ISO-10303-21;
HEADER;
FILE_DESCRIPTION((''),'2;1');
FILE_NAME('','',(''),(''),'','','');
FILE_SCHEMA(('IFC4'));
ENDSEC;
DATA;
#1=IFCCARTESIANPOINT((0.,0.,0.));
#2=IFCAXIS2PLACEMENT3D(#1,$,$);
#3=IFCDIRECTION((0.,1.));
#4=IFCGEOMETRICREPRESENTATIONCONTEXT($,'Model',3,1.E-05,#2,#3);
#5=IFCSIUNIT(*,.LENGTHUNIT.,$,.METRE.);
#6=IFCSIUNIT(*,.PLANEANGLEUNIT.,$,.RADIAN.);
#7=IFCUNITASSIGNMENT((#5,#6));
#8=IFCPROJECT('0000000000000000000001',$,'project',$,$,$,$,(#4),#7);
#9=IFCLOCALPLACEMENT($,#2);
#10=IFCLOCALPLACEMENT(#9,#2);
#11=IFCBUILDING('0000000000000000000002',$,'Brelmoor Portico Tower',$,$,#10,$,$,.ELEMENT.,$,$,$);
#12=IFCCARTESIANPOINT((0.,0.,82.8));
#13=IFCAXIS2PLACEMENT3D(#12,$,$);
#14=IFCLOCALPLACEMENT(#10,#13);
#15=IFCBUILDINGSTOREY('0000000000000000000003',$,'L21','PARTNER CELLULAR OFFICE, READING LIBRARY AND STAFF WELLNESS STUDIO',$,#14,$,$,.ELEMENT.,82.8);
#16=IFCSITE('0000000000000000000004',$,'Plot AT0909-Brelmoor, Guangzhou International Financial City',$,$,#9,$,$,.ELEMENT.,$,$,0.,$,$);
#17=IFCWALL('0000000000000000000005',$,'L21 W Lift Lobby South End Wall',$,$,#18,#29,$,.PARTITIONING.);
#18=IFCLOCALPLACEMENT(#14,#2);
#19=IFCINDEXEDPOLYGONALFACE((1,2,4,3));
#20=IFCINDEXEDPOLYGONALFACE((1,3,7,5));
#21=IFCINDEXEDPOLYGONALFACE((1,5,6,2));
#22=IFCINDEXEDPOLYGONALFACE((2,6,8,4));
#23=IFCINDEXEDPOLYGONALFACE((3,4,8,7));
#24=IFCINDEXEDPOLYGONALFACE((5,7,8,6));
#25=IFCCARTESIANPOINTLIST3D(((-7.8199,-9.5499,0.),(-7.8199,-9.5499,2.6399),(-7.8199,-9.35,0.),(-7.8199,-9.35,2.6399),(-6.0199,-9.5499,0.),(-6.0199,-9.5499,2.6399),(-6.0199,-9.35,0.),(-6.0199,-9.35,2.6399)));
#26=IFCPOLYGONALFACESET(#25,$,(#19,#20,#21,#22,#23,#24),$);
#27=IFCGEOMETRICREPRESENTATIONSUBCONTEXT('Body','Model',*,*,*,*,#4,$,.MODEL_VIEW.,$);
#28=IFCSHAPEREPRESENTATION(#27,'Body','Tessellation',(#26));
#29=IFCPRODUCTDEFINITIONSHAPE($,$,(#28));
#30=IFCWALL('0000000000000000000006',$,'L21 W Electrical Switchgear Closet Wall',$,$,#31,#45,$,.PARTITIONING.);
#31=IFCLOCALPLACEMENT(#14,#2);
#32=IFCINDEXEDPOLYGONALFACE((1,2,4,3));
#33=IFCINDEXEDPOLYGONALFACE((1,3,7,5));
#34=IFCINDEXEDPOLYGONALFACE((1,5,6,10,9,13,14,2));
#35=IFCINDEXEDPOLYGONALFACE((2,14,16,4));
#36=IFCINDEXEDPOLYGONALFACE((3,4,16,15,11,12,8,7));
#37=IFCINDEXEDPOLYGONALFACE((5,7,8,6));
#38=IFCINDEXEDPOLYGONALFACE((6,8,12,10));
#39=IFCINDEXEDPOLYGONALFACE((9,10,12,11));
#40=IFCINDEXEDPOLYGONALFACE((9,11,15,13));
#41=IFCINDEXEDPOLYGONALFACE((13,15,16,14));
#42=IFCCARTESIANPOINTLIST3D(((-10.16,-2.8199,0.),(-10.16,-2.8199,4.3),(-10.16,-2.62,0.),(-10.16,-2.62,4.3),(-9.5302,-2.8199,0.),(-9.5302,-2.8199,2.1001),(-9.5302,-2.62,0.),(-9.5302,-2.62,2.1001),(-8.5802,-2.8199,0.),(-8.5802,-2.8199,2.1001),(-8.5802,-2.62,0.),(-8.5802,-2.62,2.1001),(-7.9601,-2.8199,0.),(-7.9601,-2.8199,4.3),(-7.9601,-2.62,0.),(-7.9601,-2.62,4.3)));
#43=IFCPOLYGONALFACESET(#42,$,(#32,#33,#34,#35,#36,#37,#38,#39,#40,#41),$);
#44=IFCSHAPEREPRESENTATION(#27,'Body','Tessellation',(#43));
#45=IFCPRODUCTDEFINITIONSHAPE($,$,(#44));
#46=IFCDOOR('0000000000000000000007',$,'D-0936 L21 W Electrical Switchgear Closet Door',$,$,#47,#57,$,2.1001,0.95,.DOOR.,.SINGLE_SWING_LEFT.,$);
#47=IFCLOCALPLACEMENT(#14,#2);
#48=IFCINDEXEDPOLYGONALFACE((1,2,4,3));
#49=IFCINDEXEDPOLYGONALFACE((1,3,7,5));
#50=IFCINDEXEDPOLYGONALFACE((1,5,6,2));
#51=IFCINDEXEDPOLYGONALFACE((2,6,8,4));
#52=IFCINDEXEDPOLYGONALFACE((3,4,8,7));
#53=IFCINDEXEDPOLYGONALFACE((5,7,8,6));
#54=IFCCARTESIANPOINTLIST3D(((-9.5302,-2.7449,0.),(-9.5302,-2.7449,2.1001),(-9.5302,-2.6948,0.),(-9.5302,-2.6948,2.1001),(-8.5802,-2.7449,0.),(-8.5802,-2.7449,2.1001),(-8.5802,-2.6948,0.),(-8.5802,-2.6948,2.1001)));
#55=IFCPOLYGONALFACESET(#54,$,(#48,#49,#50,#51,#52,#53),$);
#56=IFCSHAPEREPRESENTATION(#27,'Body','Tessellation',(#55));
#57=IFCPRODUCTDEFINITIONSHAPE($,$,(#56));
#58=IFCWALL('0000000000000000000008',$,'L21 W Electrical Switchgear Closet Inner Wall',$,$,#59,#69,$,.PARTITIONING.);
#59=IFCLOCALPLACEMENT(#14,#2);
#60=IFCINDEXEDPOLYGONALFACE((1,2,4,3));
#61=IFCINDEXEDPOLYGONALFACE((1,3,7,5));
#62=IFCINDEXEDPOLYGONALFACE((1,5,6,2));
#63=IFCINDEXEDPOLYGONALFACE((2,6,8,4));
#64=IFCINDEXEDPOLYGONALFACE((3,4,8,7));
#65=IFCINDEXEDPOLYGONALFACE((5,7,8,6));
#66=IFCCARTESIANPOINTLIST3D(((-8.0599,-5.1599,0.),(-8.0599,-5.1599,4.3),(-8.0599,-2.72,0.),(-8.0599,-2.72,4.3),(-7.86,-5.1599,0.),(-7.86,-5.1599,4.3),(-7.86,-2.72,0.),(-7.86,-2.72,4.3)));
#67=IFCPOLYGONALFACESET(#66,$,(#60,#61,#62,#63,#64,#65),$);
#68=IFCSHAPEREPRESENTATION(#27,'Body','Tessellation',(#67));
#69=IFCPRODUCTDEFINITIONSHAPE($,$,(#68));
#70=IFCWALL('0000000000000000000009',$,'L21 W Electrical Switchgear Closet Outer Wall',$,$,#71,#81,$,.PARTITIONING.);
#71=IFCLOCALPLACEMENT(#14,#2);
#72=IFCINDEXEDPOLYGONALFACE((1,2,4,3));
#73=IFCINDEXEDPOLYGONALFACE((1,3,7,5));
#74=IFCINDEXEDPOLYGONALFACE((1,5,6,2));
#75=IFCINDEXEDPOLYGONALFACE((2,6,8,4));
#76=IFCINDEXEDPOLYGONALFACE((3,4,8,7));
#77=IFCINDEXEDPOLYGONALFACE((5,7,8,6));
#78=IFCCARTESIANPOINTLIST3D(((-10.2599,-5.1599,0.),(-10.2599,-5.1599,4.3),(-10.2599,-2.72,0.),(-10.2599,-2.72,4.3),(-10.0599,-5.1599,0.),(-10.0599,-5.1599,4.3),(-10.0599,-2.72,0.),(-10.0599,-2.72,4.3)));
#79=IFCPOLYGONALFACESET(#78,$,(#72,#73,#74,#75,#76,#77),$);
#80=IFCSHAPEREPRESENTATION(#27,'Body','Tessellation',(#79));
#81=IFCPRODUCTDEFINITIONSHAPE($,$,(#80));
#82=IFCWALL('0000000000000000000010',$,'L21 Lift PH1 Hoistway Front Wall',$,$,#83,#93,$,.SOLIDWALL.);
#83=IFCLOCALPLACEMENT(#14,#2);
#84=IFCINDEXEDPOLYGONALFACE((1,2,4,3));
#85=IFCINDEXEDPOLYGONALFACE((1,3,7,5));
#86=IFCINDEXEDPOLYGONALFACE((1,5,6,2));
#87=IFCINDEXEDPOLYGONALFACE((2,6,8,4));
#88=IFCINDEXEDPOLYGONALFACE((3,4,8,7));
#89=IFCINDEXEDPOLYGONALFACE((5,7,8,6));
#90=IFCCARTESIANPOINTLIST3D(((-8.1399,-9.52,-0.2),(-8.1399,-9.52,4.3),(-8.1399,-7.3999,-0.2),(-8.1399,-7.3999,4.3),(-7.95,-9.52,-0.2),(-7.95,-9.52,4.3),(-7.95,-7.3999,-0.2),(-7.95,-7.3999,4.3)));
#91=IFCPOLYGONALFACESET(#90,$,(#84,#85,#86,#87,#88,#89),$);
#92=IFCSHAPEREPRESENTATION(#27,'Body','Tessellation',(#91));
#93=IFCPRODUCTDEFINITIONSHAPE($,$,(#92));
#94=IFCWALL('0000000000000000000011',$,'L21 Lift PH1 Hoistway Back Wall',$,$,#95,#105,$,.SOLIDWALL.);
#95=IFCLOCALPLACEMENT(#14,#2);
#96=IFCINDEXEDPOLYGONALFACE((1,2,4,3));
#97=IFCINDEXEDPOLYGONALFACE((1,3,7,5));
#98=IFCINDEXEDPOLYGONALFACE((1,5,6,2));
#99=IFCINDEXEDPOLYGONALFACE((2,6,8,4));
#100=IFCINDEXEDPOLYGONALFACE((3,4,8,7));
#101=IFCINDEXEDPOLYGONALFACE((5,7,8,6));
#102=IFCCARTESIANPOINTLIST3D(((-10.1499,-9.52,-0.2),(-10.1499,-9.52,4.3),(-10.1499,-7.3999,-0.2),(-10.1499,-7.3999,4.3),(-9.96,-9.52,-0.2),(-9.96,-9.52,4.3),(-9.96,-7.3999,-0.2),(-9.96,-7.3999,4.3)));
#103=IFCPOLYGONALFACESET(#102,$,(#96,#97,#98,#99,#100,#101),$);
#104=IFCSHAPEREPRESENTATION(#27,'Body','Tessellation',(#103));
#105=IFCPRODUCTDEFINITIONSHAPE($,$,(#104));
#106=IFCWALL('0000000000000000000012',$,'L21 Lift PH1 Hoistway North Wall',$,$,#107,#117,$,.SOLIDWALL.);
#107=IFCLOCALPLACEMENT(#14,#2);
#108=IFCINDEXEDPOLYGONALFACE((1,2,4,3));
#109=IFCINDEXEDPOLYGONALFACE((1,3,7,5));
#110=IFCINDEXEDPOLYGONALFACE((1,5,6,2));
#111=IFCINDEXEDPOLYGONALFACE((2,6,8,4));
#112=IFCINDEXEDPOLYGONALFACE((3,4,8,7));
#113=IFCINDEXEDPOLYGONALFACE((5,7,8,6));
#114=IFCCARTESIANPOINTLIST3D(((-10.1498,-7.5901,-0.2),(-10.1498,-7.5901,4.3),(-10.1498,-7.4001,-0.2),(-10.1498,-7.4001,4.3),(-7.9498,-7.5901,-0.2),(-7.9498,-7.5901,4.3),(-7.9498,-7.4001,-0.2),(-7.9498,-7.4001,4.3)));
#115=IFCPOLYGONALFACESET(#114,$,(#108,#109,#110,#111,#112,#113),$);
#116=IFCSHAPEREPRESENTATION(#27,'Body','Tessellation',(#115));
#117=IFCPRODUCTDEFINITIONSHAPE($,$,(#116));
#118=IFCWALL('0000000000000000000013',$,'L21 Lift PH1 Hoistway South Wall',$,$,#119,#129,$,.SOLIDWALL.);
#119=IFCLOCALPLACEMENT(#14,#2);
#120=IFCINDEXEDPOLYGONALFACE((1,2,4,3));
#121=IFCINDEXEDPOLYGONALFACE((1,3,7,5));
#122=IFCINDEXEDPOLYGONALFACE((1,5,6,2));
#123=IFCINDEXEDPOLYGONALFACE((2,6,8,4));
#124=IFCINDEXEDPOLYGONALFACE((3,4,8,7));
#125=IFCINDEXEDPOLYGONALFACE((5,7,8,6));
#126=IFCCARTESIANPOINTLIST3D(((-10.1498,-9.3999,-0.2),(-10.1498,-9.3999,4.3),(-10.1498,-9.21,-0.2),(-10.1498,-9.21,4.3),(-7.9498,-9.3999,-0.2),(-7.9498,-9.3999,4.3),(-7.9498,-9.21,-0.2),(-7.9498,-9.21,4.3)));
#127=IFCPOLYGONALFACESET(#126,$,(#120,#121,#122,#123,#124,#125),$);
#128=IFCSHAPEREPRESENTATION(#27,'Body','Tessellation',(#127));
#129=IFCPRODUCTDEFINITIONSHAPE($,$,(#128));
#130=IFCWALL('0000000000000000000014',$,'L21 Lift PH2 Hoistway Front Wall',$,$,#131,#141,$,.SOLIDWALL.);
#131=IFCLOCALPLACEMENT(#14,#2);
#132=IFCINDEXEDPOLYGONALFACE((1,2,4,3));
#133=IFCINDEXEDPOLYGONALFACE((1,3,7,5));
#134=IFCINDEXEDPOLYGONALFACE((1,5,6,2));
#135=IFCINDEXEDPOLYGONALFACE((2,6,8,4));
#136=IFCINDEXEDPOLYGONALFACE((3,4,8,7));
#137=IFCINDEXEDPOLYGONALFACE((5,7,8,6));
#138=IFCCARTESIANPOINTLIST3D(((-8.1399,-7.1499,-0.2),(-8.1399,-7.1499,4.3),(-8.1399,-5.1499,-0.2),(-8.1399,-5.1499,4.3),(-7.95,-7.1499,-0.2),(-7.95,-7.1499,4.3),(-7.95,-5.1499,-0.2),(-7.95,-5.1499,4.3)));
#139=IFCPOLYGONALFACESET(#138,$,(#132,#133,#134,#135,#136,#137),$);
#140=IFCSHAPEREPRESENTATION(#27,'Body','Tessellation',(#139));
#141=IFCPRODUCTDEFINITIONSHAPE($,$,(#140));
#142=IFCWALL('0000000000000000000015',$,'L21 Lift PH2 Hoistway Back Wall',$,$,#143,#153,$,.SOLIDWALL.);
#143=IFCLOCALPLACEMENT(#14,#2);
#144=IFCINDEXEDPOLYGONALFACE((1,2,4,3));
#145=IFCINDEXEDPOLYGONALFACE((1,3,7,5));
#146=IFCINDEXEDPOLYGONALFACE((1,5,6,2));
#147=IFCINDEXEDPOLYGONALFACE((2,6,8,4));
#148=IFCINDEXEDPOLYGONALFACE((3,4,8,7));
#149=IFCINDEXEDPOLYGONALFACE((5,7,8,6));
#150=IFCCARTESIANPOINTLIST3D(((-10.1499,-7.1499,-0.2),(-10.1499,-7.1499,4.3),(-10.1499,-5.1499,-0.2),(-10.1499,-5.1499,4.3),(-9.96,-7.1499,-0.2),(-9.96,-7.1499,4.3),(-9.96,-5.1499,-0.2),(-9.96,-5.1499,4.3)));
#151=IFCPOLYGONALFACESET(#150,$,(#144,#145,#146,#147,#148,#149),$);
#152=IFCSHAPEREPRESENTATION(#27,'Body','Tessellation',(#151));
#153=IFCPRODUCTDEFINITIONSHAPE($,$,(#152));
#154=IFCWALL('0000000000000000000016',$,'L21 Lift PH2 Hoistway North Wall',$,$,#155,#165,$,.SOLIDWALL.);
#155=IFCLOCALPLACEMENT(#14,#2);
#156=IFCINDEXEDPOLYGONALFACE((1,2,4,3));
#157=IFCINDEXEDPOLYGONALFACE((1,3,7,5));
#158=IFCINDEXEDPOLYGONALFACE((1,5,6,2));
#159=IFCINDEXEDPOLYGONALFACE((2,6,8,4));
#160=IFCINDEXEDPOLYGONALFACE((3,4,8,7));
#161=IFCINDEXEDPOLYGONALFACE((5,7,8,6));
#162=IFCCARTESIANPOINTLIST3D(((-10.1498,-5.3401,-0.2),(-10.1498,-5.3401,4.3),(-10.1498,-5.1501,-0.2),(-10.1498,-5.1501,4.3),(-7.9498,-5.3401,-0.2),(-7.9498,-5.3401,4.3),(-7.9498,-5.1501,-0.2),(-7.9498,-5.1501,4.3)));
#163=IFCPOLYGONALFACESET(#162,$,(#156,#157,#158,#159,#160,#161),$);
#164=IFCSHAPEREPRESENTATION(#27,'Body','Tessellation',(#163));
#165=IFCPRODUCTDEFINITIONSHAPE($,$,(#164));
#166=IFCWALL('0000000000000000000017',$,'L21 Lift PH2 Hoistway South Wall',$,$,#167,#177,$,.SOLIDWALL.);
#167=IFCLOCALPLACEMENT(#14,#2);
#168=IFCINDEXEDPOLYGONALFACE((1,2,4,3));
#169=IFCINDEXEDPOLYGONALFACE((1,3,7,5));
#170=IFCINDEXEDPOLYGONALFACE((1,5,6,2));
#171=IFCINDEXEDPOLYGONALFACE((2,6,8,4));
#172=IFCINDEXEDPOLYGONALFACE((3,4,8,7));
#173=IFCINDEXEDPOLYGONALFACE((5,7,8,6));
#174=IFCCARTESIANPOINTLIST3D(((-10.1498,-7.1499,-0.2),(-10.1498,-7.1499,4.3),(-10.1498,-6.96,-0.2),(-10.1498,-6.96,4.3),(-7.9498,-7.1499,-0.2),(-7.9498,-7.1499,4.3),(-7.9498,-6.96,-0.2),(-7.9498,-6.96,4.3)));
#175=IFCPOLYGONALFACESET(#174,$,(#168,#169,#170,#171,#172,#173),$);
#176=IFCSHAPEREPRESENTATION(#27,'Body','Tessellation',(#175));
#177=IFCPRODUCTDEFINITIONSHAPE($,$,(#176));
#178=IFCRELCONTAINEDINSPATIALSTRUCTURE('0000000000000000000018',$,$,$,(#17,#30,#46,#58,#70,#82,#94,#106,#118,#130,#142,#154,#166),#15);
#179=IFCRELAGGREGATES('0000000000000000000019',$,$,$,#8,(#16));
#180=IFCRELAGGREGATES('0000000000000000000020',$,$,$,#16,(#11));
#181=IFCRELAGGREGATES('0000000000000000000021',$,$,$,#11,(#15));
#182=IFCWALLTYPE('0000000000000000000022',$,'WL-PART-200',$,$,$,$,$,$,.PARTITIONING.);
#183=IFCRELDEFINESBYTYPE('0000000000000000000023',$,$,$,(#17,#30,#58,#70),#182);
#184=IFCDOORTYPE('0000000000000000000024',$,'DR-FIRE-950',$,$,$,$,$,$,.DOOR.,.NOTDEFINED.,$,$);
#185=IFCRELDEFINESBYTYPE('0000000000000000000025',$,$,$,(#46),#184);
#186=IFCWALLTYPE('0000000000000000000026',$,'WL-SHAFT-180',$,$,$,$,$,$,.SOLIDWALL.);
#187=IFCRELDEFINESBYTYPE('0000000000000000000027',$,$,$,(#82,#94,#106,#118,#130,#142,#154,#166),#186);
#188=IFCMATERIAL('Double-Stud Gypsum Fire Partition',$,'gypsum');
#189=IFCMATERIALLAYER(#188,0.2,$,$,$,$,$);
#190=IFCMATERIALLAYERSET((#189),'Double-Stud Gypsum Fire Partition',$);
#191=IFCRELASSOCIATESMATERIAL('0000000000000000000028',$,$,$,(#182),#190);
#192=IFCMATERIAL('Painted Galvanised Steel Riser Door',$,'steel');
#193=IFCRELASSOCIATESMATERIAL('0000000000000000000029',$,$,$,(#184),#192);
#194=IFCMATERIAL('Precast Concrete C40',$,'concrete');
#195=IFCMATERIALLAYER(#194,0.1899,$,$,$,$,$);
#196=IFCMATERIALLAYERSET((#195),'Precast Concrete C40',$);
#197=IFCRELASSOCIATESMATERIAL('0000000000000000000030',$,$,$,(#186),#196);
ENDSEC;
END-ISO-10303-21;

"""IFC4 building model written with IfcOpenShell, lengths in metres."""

from ifc_helpers import new_model, si_unit, direction, frame, frame_2d, origin, place, context, subcontext, project, spatial, rectangle, extrude, material, layer, layer_set, type_object, element, fill, save


model = new_model("IFC4")

# Units and contexts
model_context = context("Model", 3, precision=1e-05, world=origin(), true_north=direction((0.0, 1.0)))
body_context = subcontext(model_context, "Body", "Model", "MODEL_VIEW")
ifc_project = project(units=[si_unit("LENGTHUNIT", "METRE"), si_unit("PLANEANGLEUNIT", "RADIAN")], contexts=[model_context])

# Site, building, storey
site_placement = place(None, origin())
site = spatial("IfcSite", under=ifc_project, at=site_placement, Name="Plot AT0909-Brelmoor, Guangzhou International Financial City", CompositionType="ELEMENT", RefElevation=0.0)
building_placement = place(site_placement, origin())
building = spatial("IfcBuilding", under=site, at=building_placement, Name="Brelmoor Portico Tower", CompositionType="ELEMENT")
storey_placement = place(building_placement, frame((0.0, 0.0, 82.8)))
storey = spatial("IfcBuildingStorey", under=building, at=storey_placement, Name="L21", Description="PARTNER CELLULAR OFFICE, READING LIBRARY AND STAFF WELLNESS STUDIO", CompositionType="ELEMENT", Elevation=82.8)

# Shared definitions
ifc_material_1 = material(Name="Double-Stud Gypsum Fire Partition", Category="gypsum")
ifc_layer_1 = layer(ifc_material_1, 0.2)
ifc_layer_set_1 = layer_set([ifc_layer_1], Name="Double-Stud Gypsum Fire Partition")
wall_type_1 = type_object("IfcWallType", Name="WL-PART-200", PredefinedType="PARTITIONING", material=ifc_layer_set_1)

# Wall
wall_1_placement = place(storey_placement, frame((-6.02, -9.45, 0.0), z_axis=(0.0, 0.0, 1.0), x_axis=(-1.0, 0.0, 0.0)))
element("IfcWall", 1, at=wall_1_placement, inside=storey, type_object=wall_type_1, Name="L21 W Lift Lobby South End Wall", PredefinedType="PARTITIONING", context=body_context, shape_type="SweptSolid", body=[
    extrude(rectangle(XDim=1.8, YDim=0.2, at=frame_2d((0.8999, 0.0))), origin(), (0.0, 0.0, 1.0), 2.6399),
])

# Wall, opening, door
wall_2_placement = place(storey_placement, frame((-7.96, -2.72, 0.0), z_axis=(0.0, 0.0, 1.0), x_axis=(-1.0, 0.0, 0.0)))
wall_2 = element("IfcWall", 2, at=wall_2_placement, inside=storey, type_object=wall_type_1, Name="L21 W Electrical Switchgear Closet Wall", PredefinedType="PARTITIONING", context=body_context, shape_type="SweptSolid", body=[
    extrude(rectangle(XDim=2.2, YDim=0.2, at=frame_2d((1.1001, 0.0))), origin(), (0.0, 0.0, 1.0), 4.3),
])
opening_1_placement = place(wall_2_placement, frame((0.6201, 0.0, 0.0)))
opening_1 = element("IfcOpeningElement", 3, at=opening_1_placement, cuts=wall_2, PredefinedType="OPENING", context=body_context, shape_type="SweptSolid", body=[
    extrude(rectangle(XDim=0.95, YDim=2.1001, at=frame_2d((0.4751, 1.05))), frame((0.0, 0.1099, 0.0), z_axis=(0.0, -1.0, 0.0), x_axis=(1.0, 0.0, 0.0)), (0.0, 0.0, 1.0), 0.22),
])
ifc_material_2 = material(Name="Painted Galvanised Steel Riser Door", Category="steel")
door_type_1 = type_object("IfcDoorType", Name="DR-FIRE-950", OperationType="NOTDEFINED", PredefinedType="DOOR", material=ifc_material_2)
door_1_placement = place(opening_1_placement, origin())
door_1 = element("IfcDoor", 4, at=door_1_placement, inside=storey, type_object=door_type_1, Name="D-0936 L21 W Electrical Switchgear Closet Door", OperationType="SINGLE_SWING_LEFT", OverallHeight=2.1001, OverallWidth=0.95, PredefinedType="DOOR", context=body_context, shape_type="SweptSolid", body=[
    extrude(rectangle(XDim=0.95, YDim=2.1001, at=frame_2d((0.4751, 1.05))), frame((0.0, 0.0249, 0.0), z_axis=(0.0, -1.0, 0.0), x_axis=(1.0, 0.0, 0.0)), (0.0, 0.0, 1.0), 0.05),
])
fill(opening_1, door_1)

# Walls
for number, where, z_axis, x_axis, name in (
    (5, (-7.96, -5.1599, 0.0), (0.0, 0.0, 1.0), (0.0, 1.0, 0.0), "L21 W Electrical Switchgear Closet Inner Wall"),
    (6, (-10.1599, -5.1599, 0.0), (0.0, 0.0, 1.0), (0.0, 1.0, 0.0), "L21 W Electrical Switchgear Closet Outer Wall"),
):
    element("IfcWall", number, at=place(storey_placement, frame(where, z_axis=z_axis, x_axis=x_axis)), inside=storey, type_object=wall_type_1, Name=name, PredefinedType="PARTITIONING", context=body_context, shape_type="SweptSolid", body=[
        extrude(rectangle(XDim=2.4399, YDim=0.2, at=frame_2d((1.22, 0.0))), origin(), (0.0, 0.0, 1.0), 4.3),
    ])
ifc_material_3 = material(Name="Precast Concrete C40", Category="concrete")
ifc_layer_2 = layer(ifc_material_3, 0.1899)
ifc_layer_set_2 = layer_set([ifc_layer_2], Name="Precast Concrete C40")
wall_type_2 = type_object("IfcWallType", Name="WL-SHAFT-180", PredefinedType="SOLIDWALL", material=ifc_layer_set_2)
for number, where, z_axis, x_axis, name in (
    (7, (-8.0449, -9.52, -0.2), (0.0, 0.0, 1.0), (0.0, 1.0, 0.0), "L21 Lift PH1 Hoistway Front Wall"),
    (8, (-10.0549, -9.52, -0.2), (0.0, 0.0, 1.0), (0.0, 1.0, 0.0), "L21 Lift PH1 Hoistway Back Wall"),
):
    element("IfcWall", number, at=place(storey_placement, frame(where, z_axis=z_axis, x_axis=x_axis)), inside=storey, type_object=wall_type_2, Name=name, PredefinedType="SOLIDWALL", context=body_context, shape_type="SweptSolid", body=[
        extrude(rectangle(XDim=2.1201, YDim=0.1899, at=frame_2d((1.0601, 0.0))), origin(), (0.0, 0.0, 1.0), 4.5),
    ])
for number, where, z_axis, x_axis, name in (
    (9, (-10.1499, -7.4951, -0.2), (0.0, 0.0, 1.0), (1.0, 0.0, 0.0), "L21 Lift PH1 Hoistway North Wall"),
    (10, (-10.1499, -9.3049, -0.2), (0.0, 0.0, 1.0), (1.0, 0.0, 0.0), "L21 Lift PH1 Hoistway South Wall"),
):
    element("IfcWall", number, at=place(storey_placement, frame(where, z_axis=z_axis, x_axis=x_axis)), inside=storey, type_object=wall_type_2, Name=name, PredefinedType="SOLIDWALL", context=body_context, shape_type="SweptSolid", body=[
        extrude(rectangle(XDim=2.2, YDim=0.1899, at=frame_2d((1.1001, 0.0))), origin(), (0.0, 0.0, 1.0), 4.5),
    ])
for number, where, z_axis, x_axis, name in (
    (11, (-8.0449, -7.1499, -0.2), (0.0, 0.0, 1.0), (0.0, 1.0, 0.0), "L21 Lift PH2 Hoistway Front Wall"),
    (12, (-10.0549, -7.1499, -0.2), (0.0, 0.0, 1.0), (0.0, 1.0, 0.0), "L21 Lift PH2 Hoistway Back Wall"),
):
    element("IfcWall", number, at=place(storey_placement, frame(where, z_axis=z_axis, x_axis=x_axis)), inside=storey, type_object=wall_type_2, Name=name, PredefinedType="SOLIDWALL", context=body_context, shape_type="SweptSolid", body=[
        extrude(rectangle(XDim=2.0, YDim=0.1899, at=frame_2d((1.0, 0.0))), origin(), (0.0, 0.0, 1.0), 4.5),
    ])
for number, where, z_axis, x_axis, name in (
    (13, (-10.1499, -5.2451, -0.2), (0.0, 0.0, 1.0), (1.0, 0.0, 0.0), "L21 Lift PH2 Hoistway North Wall"),
    (14, (-10.1499, -7.0549, -0.2), (0.0, 0.0, 1.0), (1.0, 0.0, 0.0), "L21 Lift PH2 Hoistway South Wall"),
):
    element("IfcWall", number, at=place(storey_placement, frame(where, z_axis=z_axis, x_axis=x_axis)), inside=storey, type_object=wall_type_2, Name=name, PredefinedType="SOLIDWALL", context=body_context, shape_type="SweptSolid", body=[
        extrude(rectangle(XDim=2.2, YDim=0.1899, at=frame_2d((1.1001, 0.0))), origin(), (0.0, 0.0, 1.0), 4.5),
    ])

save(model, "model.ifc")
